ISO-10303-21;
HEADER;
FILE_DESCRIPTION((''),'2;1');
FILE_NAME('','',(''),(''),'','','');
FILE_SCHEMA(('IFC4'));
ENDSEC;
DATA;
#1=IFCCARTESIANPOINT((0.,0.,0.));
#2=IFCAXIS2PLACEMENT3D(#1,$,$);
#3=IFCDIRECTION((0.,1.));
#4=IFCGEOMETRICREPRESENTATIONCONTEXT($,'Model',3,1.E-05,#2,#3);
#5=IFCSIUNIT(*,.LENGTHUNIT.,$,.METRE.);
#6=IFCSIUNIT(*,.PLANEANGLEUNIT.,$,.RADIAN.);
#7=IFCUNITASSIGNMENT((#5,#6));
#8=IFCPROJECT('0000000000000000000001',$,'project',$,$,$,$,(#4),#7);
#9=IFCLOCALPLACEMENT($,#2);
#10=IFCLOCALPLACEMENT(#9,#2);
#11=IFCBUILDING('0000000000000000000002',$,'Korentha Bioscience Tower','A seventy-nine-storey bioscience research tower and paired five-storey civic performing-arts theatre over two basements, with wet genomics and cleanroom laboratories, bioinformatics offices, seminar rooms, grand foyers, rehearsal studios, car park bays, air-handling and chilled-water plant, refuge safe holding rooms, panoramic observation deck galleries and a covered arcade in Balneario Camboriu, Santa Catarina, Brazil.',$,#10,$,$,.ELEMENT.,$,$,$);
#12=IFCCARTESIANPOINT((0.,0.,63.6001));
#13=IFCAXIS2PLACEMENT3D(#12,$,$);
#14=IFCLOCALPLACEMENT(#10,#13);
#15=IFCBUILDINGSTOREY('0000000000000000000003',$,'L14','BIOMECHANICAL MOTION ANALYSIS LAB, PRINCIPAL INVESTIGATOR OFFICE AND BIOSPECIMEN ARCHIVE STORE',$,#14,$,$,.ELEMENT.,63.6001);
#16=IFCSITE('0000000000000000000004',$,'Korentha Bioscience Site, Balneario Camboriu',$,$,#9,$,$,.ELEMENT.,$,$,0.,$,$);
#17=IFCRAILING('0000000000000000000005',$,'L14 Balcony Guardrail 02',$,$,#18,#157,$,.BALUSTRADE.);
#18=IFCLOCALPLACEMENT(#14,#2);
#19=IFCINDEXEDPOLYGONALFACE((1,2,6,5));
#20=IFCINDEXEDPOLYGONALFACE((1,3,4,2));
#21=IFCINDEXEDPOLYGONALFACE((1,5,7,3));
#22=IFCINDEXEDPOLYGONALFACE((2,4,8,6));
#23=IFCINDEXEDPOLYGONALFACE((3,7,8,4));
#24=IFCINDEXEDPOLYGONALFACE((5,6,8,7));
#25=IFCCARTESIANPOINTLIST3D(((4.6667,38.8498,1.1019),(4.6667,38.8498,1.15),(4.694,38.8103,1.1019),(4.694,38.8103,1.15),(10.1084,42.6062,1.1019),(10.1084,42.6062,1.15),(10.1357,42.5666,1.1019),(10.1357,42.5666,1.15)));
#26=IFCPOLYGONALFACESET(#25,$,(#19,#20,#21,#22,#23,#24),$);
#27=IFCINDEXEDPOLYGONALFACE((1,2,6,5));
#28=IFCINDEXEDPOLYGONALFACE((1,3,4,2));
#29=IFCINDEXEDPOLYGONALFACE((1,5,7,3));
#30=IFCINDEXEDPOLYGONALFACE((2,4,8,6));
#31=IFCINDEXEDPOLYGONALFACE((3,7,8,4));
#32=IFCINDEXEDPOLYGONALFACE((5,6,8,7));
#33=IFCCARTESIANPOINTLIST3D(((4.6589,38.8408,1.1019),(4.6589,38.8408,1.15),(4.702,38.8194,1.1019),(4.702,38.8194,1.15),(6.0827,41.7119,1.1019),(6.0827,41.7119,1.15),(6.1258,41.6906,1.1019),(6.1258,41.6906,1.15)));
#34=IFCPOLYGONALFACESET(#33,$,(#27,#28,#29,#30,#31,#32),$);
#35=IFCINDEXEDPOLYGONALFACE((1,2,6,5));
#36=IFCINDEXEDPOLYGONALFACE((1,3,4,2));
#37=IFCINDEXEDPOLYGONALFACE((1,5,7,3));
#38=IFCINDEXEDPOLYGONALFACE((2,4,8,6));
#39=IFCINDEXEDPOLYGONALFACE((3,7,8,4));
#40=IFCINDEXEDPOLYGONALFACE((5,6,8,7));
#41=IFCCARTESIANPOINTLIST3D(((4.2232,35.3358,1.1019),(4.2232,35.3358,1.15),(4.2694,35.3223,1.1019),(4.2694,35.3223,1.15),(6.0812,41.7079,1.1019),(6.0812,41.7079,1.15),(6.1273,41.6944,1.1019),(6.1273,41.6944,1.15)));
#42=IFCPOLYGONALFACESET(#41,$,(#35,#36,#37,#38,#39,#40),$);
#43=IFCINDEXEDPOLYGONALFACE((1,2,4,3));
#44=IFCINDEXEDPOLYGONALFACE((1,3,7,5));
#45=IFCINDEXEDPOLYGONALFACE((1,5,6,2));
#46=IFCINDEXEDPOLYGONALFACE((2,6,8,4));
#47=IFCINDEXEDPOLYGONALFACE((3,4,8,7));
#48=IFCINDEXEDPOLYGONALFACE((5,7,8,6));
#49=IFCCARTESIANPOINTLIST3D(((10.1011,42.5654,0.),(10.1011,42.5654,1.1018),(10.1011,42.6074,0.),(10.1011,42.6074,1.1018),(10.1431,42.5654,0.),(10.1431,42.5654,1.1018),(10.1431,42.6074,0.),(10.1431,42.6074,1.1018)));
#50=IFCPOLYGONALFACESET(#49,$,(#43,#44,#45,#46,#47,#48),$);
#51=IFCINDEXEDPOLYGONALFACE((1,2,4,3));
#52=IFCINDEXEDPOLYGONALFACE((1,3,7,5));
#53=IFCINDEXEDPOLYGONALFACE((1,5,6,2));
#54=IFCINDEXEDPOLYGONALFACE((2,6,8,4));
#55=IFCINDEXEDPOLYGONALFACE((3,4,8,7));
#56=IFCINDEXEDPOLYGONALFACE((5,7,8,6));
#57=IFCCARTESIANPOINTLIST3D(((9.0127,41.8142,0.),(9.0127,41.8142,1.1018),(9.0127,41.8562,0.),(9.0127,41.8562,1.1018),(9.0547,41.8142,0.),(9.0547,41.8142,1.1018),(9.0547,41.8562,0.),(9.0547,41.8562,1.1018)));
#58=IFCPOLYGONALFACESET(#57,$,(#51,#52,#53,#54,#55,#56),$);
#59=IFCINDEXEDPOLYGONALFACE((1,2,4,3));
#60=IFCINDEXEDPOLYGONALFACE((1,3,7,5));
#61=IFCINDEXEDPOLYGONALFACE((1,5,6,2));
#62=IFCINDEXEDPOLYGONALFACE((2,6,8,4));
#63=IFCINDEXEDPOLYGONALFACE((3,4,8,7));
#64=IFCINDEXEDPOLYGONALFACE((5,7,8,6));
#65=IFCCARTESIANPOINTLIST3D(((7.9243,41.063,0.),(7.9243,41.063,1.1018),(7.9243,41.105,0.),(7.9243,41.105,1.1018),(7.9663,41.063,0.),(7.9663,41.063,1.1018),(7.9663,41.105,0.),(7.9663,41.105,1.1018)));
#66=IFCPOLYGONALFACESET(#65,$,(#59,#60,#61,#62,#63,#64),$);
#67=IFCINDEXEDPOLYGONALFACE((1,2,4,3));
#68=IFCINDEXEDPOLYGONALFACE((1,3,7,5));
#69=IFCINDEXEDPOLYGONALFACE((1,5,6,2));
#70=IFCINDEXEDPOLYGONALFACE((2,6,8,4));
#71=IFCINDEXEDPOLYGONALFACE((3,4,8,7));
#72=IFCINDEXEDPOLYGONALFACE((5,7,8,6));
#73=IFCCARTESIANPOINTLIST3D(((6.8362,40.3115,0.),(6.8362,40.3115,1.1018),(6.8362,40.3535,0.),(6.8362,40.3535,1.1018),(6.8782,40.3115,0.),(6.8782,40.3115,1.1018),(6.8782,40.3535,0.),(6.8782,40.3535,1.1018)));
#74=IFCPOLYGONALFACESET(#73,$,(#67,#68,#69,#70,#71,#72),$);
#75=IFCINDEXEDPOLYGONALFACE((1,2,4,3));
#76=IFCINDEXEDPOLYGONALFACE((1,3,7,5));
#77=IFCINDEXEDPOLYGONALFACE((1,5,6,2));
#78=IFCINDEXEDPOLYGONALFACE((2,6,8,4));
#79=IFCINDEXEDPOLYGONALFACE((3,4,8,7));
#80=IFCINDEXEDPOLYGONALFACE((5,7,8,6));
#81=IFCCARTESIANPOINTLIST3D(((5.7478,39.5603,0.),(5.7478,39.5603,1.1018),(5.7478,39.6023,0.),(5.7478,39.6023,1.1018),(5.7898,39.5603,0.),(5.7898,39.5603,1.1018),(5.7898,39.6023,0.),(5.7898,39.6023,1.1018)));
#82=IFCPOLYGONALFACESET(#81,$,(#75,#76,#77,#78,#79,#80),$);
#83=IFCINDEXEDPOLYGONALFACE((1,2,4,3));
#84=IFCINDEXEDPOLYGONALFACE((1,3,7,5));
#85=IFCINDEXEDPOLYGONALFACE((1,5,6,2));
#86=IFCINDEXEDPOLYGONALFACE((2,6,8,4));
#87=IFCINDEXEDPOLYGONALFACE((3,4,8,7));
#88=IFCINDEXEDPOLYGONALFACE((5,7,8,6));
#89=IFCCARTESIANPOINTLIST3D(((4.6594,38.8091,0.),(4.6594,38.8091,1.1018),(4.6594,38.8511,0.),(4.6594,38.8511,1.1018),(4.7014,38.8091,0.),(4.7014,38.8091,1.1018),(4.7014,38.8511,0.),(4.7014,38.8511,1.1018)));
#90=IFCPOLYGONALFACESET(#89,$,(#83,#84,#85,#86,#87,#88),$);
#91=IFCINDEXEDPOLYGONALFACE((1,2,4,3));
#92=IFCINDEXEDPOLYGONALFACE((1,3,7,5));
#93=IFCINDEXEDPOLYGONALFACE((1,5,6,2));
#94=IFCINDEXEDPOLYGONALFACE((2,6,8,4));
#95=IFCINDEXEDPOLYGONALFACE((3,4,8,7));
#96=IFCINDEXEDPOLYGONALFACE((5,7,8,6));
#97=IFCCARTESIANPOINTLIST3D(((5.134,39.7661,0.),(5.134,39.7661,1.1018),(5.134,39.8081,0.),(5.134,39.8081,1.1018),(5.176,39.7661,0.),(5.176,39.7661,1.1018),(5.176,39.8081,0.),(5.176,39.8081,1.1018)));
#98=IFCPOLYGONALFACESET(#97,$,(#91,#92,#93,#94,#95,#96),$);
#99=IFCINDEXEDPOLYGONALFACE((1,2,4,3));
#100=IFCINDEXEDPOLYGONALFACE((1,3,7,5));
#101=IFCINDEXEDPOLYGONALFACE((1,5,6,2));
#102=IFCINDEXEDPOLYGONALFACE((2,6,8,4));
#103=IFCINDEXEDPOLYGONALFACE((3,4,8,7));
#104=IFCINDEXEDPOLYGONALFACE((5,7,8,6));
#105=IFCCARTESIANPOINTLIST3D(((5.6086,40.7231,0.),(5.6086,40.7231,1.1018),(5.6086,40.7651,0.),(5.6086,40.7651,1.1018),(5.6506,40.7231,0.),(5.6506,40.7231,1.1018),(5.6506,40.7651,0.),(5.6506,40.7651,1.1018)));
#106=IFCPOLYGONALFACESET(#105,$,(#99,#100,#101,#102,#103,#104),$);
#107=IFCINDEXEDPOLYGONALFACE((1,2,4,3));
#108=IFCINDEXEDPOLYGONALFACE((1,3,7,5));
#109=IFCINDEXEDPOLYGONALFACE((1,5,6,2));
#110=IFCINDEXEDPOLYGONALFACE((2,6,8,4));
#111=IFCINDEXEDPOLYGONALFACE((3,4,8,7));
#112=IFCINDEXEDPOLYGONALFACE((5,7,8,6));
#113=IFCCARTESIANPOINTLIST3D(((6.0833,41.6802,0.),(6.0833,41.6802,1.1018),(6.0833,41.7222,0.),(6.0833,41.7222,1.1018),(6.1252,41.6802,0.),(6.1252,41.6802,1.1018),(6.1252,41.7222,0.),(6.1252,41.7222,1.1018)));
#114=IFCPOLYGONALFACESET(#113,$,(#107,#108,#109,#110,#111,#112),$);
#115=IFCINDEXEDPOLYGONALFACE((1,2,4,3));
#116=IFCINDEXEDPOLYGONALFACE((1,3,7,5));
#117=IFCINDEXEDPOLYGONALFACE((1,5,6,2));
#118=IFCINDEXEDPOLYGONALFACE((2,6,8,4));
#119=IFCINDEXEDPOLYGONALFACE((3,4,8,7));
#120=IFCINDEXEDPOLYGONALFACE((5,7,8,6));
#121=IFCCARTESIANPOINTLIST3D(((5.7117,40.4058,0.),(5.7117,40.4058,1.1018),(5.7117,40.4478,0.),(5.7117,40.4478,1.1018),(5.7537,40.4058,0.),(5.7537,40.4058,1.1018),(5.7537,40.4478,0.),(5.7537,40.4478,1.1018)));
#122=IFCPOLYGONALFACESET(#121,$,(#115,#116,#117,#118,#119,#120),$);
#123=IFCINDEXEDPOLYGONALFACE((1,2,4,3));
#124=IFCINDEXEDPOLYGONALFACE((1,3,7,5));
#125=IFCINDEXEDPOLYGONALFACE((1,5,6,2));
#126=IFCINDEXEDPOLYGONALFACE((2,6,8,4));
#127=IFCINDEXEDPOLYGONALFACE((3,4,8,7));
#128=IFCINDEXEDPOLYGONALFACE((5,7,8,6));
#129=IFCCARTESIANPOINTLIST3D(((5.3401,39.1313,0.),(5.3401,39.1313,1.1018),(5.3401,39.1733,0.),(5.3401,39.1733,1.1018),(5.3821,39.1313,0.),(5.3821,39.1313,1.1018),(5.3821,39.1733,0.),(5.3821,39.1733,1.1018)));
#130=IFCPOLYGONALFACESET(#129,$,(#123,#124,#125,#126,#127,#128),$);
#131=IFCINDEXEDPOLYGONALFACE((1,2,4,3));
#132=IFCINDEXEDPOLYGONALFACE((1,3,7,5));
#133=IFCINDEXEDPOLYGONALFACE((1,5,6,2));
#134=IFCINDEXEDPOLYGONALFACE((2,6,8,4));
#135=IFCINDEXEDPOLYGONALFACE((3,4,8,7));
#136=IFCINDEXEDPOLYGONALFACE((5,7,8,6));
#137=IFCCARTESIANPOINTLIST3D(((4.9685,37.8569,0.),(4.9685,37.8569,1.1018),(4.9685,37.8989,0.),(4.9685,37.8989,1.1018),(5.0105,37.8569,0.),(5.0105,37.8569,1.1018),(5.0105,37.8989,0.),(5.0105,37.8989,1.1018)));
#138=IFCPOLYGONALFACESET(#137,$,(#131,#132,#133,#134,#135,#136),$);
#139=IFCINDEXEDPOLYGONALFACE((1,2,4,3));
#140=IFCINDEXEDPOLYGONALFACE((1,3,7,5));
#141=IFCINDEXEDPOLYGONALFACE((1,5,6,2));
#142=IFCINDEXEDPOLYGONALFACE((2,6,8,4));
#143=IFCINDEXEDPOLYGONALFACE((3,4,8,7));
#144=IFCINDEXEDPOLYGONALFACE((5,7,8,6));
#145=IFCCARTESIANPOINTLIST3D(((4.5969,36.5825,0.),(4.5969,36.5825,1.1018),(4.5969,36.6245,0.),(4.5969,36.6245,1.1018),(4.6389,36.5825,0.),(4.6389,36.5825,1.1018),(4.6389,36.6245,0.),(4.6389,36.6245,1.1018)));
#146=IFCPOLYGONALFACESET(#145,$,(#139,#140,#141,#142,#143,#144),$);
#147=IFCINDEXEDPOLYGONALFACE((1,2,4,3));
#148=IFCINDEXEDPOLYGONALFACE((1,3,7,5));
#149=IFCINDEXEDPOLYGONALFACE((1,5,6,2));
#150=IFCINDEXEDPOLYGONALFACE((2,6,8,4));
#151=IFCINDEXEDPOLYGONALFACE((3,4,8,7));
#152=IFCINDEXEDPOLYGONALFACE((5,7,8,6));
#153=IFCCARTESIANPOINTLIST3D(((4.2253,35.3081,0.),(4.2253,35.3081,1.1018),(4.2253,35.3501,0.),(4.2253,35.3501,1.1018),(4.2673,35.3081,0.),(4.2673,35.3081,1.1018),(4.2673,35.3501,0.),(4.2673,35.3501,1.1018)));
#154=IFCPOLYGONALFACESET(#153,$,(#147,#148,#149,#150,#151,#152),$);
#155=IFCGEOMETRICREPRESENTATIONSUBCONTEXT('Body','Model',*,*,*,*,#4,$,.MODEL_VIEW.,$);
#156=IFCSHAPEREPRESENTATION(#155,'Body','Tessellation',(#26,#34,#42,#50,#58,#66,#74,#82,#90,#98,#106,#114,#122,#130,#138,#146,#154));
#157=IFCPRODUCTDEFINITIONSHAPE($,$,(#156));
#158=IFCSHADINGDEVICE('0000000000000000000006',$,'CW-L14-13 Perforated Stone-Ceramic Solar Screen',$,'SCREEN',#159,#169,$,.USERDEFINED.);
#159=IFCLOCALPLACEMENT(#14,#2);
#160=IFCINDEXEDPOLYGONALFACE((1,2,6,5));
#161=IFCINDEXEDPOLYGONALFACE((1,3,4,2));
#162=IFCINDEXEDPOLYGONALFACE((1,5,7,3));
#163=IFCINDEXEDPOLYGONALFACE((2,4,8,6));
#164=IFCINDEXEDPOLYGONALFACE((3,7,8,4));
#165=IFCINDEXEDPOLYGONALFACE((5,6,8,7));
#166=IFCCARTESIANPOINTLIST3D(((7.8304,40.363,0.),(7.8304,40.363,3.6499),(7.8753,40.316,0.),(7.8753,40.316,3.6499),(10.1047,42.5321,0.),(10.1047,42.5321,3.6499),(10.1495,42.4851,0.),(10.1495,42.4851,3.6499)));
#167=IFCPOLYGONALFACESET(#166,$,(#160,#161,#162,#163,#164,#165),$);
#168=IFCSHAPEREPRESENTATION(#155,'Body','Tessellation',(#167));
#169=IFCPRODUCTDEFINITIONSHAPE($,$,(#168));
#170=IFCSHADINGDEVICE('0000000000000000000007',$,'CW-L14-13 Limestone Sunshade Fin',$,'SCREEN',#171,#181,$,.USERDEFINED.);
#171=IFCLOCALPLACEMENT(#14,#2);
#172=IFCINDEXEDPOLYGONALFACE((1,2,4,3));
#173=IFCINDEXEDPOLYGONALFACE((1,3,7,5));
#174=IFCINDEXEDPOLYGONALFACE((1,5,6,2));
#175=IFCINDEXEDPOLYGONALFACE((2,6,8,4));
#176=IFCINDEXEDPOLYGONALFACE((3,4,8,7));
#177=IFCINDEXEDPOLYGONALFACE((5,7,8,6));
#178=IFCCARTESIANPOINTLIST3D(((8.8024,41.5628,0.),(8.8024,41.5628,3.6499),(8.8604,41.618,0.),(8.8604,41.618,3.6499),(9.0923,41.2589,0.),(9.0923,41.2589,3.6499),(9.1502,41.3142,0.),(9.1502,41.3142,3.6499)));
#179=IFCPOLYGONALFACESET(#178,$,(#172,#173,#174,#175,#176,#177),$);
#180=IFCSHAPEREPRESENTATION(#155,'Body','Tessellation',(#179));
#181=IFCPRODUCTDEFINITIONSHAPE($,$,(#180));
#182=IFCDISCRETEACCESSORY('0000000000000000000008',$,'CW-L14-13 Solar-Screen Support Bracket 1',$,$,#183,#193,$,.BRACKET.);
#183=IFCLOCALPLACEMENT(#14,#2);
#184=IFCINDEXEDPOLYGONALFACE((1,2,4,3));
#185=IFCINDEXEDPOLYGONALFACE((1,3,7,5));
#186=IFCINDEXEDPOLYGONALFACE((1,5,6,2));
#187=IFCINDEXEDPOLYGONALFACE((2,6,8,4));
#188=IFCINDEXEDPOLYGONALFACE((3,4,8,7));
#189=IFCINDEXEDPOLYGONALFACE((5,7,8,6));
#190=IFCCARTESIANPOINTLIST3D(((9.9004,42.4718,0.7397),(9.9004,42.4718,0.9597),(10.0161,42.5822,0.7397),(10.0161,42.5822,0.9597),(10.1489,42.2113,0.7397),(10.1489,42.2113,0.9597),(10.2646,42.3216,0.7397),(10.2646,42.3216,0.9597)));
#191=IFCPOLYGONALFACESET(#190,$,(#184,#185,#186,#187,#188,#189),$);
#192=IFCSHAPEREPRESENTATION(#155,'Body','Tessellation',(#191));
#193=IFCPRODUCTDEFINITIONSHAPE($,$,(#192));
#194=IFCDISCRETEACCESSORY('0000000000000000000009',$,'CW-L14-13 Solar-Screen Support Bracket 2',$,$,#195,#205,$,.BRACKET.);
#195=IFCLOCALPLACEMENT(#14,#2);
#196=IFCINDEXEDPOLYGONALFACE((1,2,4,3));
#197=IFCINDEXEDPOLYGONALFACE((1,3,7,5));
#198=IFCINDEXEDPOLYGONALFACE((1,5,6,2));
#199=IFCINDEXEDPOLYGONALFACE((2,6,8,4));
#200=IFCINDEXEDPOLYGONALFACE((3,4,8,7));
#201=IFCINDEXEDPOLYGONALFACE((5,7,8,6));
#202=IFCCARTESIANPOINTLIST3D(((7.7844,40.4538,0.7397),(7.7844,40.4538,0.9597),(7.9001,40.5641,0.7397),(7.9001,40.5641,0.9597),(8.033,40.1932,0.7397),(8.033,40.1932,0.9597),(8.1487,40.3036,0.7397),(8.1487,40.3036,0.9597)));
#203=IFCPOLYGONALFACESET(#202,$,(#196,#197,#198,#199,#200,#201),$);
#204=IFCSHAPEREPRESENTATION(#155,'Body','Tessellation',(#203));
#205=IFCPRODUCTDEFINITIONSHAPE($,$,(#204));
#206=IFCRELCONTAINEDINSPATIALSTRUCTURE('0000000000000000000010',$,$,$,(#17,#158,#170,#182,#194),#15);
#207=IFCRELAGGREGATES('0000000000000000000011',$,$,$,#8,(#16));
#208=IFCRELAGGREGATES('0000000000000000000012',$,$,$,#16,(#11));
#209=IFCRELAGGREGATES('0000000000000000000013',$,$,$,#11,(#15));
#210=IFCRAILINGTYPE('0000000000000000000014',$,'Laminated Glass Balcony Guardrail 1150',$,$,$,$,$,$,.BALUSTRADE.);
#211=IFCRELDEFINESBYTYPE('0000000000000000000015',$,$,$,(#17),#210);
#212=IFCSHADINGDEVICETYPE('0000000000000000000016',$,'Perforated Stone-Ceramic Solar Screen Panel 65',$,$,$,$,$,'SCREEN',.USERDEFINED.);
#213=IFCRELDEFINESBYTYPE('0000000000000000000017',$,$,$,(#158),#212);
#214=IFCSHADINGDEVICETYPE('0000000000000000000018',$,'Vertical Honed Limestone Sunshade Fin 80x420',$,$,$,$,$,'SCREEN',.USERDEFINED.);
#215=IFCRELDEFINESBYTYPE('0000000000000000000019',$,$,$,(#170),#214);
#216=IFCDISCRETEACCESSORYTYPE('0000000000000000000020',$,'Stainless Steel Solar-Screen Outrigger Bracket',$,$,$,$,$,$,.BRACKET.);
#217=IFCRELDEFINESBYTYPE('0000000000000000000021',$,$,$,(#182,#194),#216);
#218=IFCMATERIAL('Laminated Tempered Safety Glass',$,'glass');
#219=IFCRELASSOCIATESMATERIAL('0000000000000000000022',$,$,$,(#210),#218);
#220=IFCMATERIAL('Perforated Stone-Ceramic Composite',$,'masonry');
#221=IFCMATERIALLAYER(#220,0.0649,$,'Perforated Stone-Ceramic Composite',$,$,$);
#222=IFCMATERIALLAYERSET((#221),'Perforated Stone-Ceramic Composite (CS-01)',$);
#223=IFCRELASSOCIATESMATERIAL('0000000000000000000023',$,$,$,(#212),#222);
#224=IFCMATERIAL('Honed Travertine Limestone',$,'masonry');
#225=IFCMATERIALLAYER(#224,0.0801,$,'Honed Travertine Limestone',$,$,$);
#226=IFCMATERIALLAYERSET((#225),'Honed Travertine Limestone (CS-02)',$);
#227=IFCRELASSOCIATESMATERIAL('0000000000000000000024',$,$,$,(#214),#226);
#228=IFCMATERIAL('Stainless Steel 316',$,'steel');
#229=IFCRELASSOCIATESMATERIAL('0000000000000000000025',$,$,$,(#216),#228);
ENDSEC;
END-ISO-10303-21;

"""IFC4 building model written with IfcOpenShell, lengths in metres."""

from ifc_helpers import new_model, si_unit, direction, frame, origin, origin_2d, place, context, subcontext, project, spatial, rectangle, extrude, material, layer, layer_set, type_object, element, save


model = new_model("IFC4")

# Units and contexts
model_context = context("Model", 3, precision=1e-05, world=origin(), true_north=direction((0.0, 1.0)))
body_context = subcontext(model_context, "Body", "Model", "MODEL_VIEW")
ifc_project = project(units=[si_unit("LENGTHUNIT", "METRE"), si_unit("PLANEANGLEUNIT", "RADIAN")], contexts=[model_context])

# Site, building, storey
site_placement = place(None, origin())
site = spatial("IfcSite", under=ifc_project, at=site_placement, Name="Korentha Bioscience Site, Balneario Camboriu", CompositionType="ELEMENT", RefElevation=0.0)
building_placement = place(site_placement, origin())
building = spatial("IfcBuilding", under=site, at=building_placement, Name="Korentha Bioscience Tower", Description="A seventy-nine-storey bioscience research tower and paired five-storey civic performing-arts theatre over two basements, with wet genomics and cleanroom laboratories, bioinformatics offices, seminar rooms, grand foyers, rehearsal studios, car park bays, air-handling and chilled-water plant, refuge safe holding rooms, panoramic observation deck galleries and a covered arcade in Balneario Camboriu, Santa Catarina, Brazil.", CompositionType="ELEMENT")
storey_placement = place(building_placement, frame((0.0, 0.0, 63.6001)))
storey = spatial("IfcBuildingStorey", under=building, at=storey_placement, Name="L14", Description="BIOMECHANICAL MOTION ANALYSIS LAB, PRINCIPAL INVESTIGATOR OFFICE AND BIOSPECIMEN ARCHIVE STORE", CompositionType="ELEMENT", Elevation=63.6001)

# Railing
ifc_material_1 = material(Name="Laminated Tempered Safety Glass", Category="glass")
railing_type = type_object("IfcRailingType", Name="Laminated Glass Balcony Guardrail 1150", PredefinedType="BALUSTRADE", material=ifc_material_1)
railing_placement = place(storey_placement, frame((10.1221, 42.5864, 0.0)))
element("IfcRailing", 1, at=railing_placement, inside=storey, type_object=railing_type, Name="L14 Balcony Guardrail 02", PredefinedType="BALUSTRADE", context=body_context, shape_type="SweptSolid", body=[
    extrude(rectangle(XDim=0.0481, YDim=0.0481, at=origin_2d()), frame((0.0, 0.0, 1.126), z_axis=(-0.822966, -0.56809, 0.0), x_axis=(0.56809, -0.822966, 0.0)), (0.0, 0.0, 1.0), 6.6123),
    extrude(rectangle(XDim=0.0481, YDim=0.0481, at=origin_2d()), frame((-5.4417, -3.7563, 1.126), z_axis=(0.444286, 0.895885, 0.0), x_axis=(-0.895885, 0.444286, 0.0)), (0.0, 0.0, 1.0), 3.2048),
    extrude(rectangle(XDim=0.0481, YDim=0.0481, at=origin_2d()), frame((-4.0178, -0.8853, 1.126), z_axis=(-0.279915, -0.960025, 0.0), x_axis=(0.960025, -0.279915, 0.0)), (0.0, 0.0, 1.0), 6.6375),
    extrude(rectangle(XDim=0.042, YDim=0.042, at=origin_2d()), origin(), (0.0, 0.0, 1.0), 1.1018),
    extrude(rectangle(XDim=0.042, YDim=0.042, at=origin_2d()), frame((-1.0884, -0.7512, 0.0)), (0.0, 0.0, 1.0), 1.1018),
    extrude(rectangle(XDim=0.042, YDim=0.042, at=origin_2d()), frame((-2.1768, -1.5024, 0.0)), (0.0, 0.0, 1.0), 1.1018),
    extrude(rectangle(XDim=0.042, YDim=0.042, at=origin_2d()), frame((-3.2649, -2.2539, 0.0)), (0.0, 0.0, 1.0), 1.1018),
    extrude(rectangle(XDim=0.042, YDim=0.042, at=origin_2d()), frame((-4.3533, -3.0051, 0.0)), (0.0, 0.0, 1.0), 1.1018),
    extrude(rectangle(XDim=0.042, YDim=0.042, at=origin_2d()), frame((-5.4417, -3.7563, 0.0)), (0.0, 0.0, 1.0), 1.1018),
    extrude(rectangle(XDim=0.042, YDim=0.042, at=origin_2d()), frame((-4.967, -2.7993, 0.0)), (0.0, 0.0, 1.0), 1.1018),
    extrude(rectangle(XDim=0.042, YDim=0.042, at=origin_2d()), frame((-4.4924, -1.8423, 0.0)), (0.0, 0.0, 1.0), 1.1018),
    extrude(rectangle(XDim=0.042, YDim=0.042, at=origin_2d()), frame((-4.0178, -0.8853, 0.0)), (0.0, 0.0, 1.0), 1.1018),
    extrude(rectangle(XDim=0.042, YDim=0.042, at=origin_2d()), frame((-4.3894, -2.1597, 0.0)), (0.0, 0.0, 1.0), 1.1018),
    extrude(rectangle(XDim=0.042, YDim=0.042, at=origin_2d()), frame((-4.761, -3.4341, 0.0)), (0.0, 0.0, 1.0), 1.1018),
    extrude(rectangle(XDim=0.042, YDim=0.042, at=origin_2d()), frame((-5.1326, -4.7085, 0.0)), (0.0, 0.0, 1.0), 1.1018),
    extrude(rectangle(XDim=0.042, YDim=0.042, at=origin_2d()), frame((-5.5042, -5.9829, 0.0)), (0.0, 0.0, 1.0), 1.1018),
    extrude(rectangle(XDim=0.042, YDim=0.042, at=origin_2d()), frame((-5.8757, -7.2573, 0.0)), (0.0, 0.0, 1.0), 1.1018),
])

# Shading devices
ifc_material_2 = material(Name="Perforated Stone-Ceramic Composite", Category="masonry")
ifc_layer_1 = layer(ifc_material_2, 0.0649, Name="Perforated Stone-Ceramic Composite")
ifc_layer_set_1 = layer_set([ifc_layer_1], Name="Perforated Stone-Ceramic Composite (CS-01)")
shading_device_type_1 = type_object("IfcShadingDeviceType", Name="Perforated Stone-Ceramic Solar Screen Panel 65", ElementType="SCREEN", PredefinedType="USERDEFINED", material=ifc_layer_set_1)
shading_device_1_placement = place(storey_placement, frame((8.99, 41.4241, 0.0), z_axis=(0.0, 0.0, 1.0), x_axis=(-0.723642, -0.690176, 0.0)))
element("IfcShadingDevice", 2, at=shading_device_1_placement, inside=storey, type_object=shading_device_type_1, Name="CW-L14-13 Perforated Stone-Ceramic Solar Screen", ObjectType="SCREEN", PredefinedType="USERDEFINED", context=body_context, shape_type="SweptSolid", body=[
    extrude(rectangle(XDim=3.1428, YDim=0.0649, at=origin_2d()), origin(), (0.0, 0.0, 1.0), 3.6499),
])
ifc_material_3 = material(Name="Honed Travertine Limestone", Category="masonry")
ifc_layer_2 = layer(ifc_material_3, 0.0801, Name="Honed Travertine Limestone")
ifc_layer_set_2 = layer_set([ifc_layer_2], Name="Honed Travertine Limestone (CS-02)")
shading_device_type_2 = type_object("IfcShadingDeviceType", Name="Vertical Honed Limestone Sunshade Fin 80x420", ElementType="SCREEN", PredefinedType="USERDEFINED", material=ifc_layer_set_2)
shading_device_2_placement = place(storey_placement, frame((8.9763, 41.4385, 0.0), z_axis=(0.0, 0.0, 1.0), x_axis=(-0.723642, -0.690176, 0.0)))
element("IfcShadingDevice", 3, at=shading_device_2_placement, inside=storey, type_object=shading_device_type_2, Name="CW-L14-13 Limestone Sunshade Fin", ObjectType="SCREEN", PredefinedType="USERDEFINED", context=body_context, shape_type="SweptSolid", body=[
    extrude(rectangle(XDim=0.0801, YDim=0.4199, at=origin_2d()), origin(), (0.0, 0.0, 1.0), 3.6499),
])

# Discrete accessories
ifc_material_4 = material(Name="Stainless Steel 316", Category="steel")
discrete_accessory_type = type_object("IfcDiscreteAccessoryType", Name="Stainless Steel Solar-Screen Outrigger Bracket", PredefinedType="BRACKET", material=ifc_material_4)
for number, where, z_axis, x_axis, name in (
    (4, (10.0825, 42.3967, 0.7397), (0.0, 0.0, 1.0), (-0.723642, -0.690176, 0.0), "CW-L14-13 Solar-Screen Support Bracket 1"),
    (5, (7.9666, 40.3787, 0.7397), (0.0, 0.0, 1.0), (-0.723642, -0.690176, 0.0), "CW-L14-13 Solar-Screen Support Bracket 2"),
):
    element("IfcDiscreteAccessory", number, at=place(storey_placement, frame(where, z_axis=z_axis, x_axis=x_axis)), inside=storey, type_object=discrete_accessory_type, Name=name, PredefinedType="BRACKET", context=body_context, shape_type="SweptSolid", body=[
        extrude(rectangle(XDim=0.1599, YDim=0.3601, at=origin_2d()), origin(), (0.0, 0.0, 1.0), 0.22),
    ])

save(model, "model.ifc")
